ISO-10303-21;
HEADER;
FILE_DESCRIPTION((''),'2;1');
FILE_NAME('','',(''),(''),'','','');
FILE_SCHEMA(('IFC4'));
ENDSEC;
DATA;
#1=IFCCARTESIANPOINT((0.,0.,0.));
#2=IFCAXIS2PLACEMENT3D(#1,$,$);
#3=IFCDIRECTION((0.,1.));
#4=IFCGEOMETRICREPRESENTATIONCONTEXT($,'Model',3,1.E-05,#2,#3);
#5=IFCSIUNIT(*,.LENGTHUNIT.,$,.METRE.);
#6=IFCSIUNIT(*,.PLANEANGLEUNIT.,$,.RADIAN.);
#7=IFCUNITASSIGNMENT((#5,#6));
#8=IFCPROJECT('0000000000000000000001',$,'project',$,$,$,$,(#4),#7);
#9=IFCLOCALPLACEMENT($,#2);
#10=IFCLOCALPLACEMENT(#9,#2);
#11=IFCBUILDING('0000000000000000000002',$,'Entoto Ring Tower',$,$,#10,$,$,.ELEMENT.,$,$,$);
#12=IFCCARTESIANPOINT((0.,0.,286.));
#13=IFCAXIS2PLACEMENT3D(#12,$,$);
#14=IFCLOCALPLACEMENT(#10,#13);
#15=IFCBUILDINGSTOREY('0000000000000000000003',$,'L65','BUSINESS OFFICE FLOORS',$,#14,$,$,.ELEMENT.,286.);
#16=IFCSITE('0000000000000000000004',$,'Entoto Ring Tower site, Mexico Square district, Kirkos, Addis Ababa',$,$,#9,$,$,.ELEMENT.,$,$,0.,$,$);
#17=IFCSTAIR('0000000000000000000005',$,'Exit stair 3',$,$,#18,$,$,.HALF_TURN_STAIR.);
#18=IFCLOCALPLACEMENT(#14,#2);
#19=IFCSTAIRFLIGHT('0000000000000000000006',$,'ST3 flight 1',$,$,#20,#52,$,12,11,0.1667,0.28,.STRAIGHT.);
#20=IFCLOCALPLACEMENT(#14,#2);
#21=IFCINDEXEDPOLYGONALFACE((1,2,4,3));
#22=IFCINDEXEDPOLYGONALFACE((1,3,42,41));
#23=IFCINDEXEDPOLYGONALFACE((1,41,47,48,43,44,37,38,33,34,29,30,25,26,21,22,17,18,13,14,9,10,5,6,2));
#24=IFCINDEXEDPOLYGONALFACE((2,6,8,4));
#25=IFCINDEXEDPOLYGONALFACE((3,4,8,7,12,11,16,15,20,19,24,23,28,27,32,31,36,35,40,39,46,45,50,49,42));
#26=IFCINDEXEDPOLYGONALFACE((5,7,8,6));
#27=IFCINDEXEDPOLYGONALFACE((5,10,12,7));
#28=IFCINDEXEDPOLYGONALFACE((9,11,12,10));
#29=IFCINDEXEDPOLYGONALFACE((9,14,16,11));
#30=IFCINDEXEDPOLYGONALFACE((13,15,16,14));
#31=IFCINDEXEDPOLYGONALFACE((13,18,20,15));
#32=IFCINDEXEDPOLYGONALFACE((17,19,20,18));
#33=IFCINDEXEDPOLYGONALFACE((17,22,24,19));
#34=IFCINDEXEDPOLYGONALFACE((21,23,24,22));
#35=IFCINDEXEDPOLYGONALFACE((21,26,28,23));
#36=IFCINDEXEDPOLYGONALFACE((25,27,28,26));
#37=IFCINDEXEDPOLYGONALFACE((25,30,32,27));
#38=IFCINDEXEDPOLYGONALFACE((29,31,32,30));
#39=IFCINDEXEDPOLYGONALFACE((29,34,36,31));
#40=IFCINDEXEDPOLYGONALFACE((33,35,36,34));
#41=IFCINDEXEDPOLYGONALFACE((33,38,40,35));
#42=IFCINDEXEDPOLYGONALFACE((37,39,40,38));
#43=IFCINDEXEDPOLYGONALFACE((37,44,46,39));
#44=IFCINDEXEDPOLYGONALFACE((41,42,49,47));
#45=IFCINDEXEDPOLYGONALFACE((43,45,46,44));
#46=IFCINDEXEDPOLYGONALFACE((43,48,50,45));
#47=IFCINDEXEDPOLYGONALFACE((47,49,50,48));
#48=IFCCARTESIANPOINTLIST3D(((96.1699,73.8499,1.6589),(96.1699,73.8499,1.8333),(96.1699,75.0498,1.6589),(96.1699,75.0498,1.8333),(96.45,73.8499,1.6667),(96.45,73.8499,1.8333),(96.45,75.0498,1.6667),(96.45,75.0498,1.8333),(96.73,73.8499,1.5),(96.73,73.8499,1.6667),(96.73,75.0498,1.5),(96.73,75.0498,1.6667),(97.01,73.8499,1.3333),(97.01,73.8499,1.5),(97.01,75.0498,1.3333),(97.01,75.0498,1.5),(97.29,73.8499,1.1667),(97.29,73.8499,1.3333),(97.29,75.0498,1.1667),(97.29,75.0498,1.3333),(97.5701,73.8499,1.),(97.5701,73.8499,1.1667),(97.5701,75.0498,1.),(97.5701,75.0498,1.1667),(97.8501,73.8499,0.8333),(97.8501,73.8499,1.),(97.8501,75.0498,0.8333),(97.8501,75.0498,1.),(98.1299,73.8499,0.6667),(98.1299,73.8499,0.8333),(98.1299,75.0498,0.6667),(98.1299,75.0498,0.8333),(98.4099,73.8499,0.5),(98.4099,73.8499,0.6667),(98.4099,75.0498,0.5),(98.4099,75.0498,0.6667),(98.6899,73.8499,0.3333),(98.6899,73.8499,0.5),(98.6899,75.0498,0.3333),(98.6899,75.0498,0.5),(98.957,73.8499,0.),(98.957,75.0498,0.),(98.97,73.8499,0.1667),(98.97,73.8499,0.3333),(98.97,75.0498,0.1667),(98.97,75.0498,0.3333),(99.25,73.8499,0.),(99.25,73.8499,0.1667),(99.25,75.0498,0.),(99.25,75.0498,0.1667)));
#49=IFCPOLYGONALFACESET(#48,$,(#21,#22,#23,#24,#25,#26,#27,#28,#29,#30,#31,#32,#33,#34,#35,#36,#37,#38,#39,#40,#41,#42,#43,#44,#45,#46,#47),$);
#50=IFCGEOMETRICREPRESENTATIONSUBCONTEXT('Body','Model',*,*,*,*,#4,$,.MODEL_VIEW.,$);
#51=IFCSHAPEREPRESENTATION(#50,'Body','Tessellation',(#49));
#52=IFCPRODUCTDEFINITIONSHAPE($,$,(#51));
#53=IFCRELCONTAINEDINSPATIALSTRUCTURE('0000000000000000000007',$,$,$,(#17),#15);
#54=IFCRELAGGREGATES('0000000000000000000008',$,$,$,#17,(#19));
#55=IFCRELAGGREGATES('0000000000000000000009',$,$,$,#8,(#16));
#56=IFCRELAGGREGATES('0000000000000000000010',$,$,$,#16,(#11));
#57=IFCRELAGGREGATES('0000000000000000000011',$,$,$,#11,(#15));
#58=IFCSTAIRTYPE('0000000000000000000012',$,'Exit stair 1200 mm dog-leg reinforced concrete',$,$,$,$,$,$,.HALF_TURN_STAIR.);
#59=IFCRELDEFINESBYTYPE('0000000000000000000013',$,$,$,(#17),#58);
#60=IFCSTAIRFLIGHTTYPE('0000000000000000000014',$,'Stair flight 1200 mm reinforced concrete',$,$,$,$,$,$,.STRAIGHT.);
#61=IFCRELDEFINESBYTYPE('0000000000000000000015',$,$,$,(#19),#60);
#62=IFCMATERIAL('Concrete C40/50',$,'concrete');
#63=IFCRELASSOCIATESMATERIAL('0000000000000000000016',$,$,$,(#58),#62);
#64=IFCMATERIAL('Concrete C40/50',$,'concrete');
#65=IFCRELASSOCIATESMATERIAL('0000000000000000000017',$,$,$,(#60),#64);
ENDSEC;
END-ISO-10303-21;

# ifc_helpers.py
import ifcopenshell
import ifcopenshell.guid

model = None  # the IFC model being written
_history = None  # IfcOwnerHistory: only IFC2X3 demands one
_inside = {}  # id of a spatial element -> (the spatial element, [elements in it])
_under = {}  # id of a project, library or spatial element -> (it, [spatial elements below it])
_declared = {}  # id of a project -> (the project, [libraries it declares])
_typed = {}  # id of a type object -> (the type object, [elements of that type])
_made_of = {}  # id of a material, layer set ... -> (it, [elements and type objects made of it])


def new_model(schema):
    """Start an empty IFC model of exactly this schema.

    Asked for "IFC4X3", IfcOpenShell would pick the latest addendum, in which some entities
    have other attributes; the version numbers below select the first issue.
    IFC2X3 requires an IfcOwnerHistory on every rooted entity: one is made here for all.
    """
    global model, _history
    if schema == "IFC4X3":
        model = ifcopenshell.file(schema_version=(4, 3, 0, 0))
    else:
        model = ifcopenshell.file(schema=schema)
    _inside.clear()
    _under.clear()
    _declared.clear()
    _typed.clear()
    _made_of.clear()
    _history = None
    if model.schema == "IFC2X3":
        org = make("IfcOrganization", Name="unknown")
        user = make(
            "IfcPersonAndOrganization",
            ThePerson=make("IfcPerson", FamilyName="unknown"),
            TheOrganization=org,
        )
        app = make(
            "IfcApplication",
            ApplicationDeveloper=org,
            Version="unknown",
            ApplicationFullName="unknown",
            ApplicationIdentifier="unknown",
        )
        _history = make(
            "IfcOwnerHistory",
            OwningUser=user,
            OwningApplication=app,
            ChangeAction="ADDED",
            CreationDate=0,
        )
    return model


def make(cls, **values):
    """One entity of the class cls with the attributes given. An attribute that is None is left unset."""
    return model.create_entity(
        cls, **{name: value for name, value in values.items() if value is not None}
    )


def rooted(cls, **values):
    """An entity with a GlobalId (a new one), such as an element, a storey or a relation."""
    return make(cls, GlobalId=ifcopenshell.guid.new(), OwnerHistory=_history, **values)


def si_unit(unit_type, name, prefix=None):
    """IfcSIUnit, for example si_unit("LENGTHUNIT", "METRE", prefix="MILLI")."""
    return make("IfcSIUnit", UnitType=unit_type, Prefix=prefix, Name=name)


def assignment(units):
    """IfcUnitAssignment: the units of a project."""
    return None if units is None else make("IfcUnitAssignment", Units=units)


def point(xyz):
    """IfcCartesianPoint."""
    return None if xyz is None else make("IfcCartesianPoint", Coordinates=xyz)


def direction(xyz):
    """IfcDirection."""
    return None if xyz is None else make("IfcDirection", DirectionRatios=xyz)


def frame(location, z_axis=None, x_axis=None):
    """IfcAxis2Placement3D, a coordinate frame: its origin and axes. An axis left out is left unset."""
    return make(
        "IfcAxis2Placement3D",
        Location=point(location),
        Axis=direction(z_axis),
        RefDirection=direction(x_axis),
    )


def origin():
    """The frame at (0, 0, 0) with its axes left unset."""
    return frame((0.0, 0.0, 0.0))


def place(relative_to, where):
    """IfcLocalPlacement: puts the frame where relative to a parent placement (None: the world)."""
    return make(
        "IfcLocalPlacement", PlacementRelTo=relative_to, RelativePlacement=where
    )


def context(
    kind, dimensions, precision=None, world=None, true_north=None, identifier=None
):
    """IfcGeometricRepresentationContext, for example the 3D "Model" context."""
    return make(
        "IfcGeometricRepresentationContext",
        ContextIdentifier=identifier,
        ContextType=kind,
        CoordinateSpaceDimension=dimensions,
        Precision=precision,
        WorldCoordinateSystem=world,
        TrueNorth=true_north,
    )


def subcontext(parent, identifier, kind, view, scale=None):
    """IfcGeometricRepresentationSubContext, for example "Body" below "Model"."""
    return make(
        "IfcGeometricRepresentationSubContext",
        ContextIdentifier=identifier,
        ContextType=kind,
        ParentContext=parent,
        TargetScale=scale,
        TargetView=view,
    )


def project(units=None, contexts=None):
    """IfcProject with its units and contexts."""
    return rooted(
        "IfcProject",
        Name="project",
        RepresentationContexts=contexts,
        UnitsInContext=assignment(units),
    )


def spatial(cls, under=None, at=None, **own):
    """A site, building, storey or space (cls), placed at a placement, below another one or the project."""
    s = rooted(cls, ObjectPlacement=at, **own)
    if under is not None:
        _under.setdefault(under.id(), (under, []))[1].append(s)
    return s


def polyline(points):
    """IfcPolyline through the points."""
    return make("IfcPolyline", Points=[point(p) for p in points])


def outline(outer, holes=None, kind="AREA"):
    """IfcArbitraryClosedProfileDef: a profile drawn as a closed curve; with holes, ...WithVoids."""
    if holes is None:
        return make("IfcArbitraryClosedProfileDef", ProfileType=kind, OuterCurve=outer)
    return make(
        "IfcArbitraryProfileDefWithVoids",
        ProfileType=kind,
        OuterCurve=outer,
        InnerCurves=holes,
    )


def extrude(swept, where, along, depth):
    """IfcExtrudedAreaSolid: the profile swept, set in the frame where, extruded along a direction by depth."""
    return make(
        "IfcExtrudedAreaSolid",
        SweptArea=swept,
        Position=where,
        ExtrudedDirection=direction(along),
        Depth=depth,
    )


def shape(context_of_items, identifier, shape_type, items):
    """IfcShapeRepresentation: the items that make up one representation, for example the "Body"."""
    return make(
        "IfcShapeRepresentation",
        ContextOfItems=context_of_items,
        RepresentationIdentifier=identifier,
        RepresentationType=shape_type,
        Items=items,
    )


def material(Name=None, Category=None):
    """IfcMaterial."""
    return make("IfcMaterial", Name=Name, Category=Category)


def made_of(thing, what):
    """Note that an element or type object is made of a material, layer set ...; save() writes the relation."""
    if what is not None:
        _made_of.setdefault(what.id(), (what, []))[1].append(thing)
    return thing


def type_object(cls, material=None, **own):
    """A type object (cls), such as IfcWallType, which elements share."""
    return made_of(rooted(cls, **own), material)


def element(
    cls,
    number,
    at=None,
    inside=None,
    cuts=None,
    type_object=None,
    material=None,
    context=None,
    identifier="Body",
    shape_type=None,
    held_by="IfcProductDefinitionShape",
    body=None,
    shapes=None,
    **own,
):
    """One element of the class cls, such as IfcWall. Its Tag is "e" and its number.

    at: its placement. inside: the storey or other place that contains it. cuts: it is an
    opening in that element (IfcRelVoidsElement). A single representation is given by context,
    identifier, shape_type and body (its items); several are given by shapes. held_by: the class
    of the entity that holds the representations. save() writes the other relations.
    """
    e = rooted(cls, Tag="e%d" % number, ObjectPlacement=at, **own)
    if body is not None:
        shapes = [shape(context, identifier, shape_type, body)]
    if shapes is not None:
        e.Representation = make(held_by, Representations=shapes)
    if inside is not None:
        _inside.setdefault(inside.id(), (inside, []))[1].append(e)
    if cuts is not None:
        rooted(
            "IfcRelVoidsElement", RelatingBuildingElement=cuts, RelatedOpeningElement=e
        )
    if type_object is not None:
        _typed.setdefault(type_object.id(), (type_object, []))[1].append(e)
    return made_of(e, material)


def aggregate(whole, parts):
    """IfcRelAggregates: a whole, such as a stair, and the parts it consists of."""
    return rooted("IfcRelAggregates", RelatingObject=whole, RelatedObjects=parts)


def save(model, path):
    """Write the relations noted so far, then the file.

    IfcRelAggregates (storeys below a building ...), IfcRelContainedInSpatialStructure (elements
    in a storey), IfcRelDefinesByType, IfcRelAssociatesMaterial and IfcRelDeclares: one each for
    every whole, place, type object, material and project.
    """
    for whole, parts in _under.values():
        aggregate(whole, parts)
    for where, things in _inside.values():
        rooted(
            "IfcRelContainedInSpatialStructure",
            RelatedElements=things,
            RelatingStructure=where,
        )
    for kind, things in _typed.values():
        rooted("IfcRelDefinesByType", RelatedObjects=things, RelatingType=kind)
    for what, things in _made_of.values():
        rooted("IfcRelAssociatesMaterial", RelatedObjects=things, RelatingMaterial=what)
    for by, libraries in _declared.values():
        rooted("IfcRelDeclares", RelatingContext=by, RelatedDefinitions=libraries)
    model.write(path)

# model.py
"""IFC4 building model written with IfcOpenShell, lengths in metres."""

from ifc_helpers import new_model, si_unit, direction, frame, origin, place, context, subcontext, project, spatial, polyline, outline, extrude, material, type_object, element, aggregate, save


model = new_model("IFC4")

# Units and contexts
model_context = context("Model", 3, precision=1e-05, world=origin(), true_north=direction((0.0, 1.0)))
body_context = subcontext(model_context, "Body", "Model", "MODEL_VIEW")
ifc_project = project(units=[si_unit("LENGTHUNIT", "METRE"), si_unit("PLANEANGLEUNIT", "RADIAN")], contexts=[model_context])

# Site, building, storey
site_placement = place(None, origin())
site = spatial("IfcSite", under=ifc_project, at=site_placement, Name="Entoto Ring Tower site, Mexico Square district, Kirkos, Addis Ababa", CompositionType="ELEMENT", RefElevation=0.0)
building_placement = place(site_placement, origin())
building = spatial("IfcBuilding", under=site, at=building_placement, Name="Entoto Ring Tower", CompositionType="ELEMENT")
storey_placement = place(building_placement, frame((0.0, 0.0, 286.0)))
storey = spatial("IfcBuildingStorey", under=building, at=storey_placement, Name="L65", Description="BUSINESS OFFICE FLOORS", CompositionType="ELEMENT", Elevation=286.0)

# Stair, stair flight
ifc_material_1 = material(Name="Concrete C40/50", Category="concrete")
stair_type = type_object("IfcStairType", Name="Exit stair 1200 mm dog-leg reinforced concrete", PredefinedType="HALF_TURN_STAIR", material=ifc_material_1)
stair_placement = place(storey_placement, origin())
stair = element("IfcStair", 1, at=stair_placement, inside=storey, type_object=stair_type, Name="Exit stair 3", PredefinedType="HALF_TURN_STAIR")
ifc_material_2 = material(Name="Concrete C40/50", Category="concrete")
stair_flight_type = type_object("IfcStairFlightType", Name="Stair flight 1200 mm reinforced concrete", PredefinedType="STRAIGHT", material=ifc_material_2)
stair_flight_placement = place(storey_placement, frame((99.25, 74.45, 0.0), z_axis=(0.0, 0.0, 1.0), x_axis=(-1.0, 0.0, 0.0)))
stair_flight = element("IfcStairFlight", 2, at=stair_flight_placement, type_object=stair_flight_type, Name="ST3 flight 1", NumberOfRisers=12, NumberOfTreads=11, PredefinedType="STRAIGHT", RiserHeight=0.1667, TreadLength=0.28, context=body_context, shape_type="SweptSolid", body=[
    extrude(outline(polyline([(0.0, 0.0), (0.0, 0.1667), (0.28, 0.1667), (0.28, 0.3333), (0.5601, 0.3333), (0.5601, 0.5), (0.8401, 0.5), (0.8401, 0.6667), (1.1201, 0.6667), (1.1201, 0.8333), (1.3999, 0.8333), (1.3999, 1.0), (1.6799, 1.0), (1.6799, 1.1667), (1.96, 1.1667), (1.96, 1.3333), (2.24, 1.3333), (2.24, 1.5), (2.52, 1.5), (2.52, 1.6667), (2.8, 1.6667), (2.8, 1.8333), (3.0801, 1.8333), (3.0801, 2.0), (3.0801, 1.6589), (0.293, 0.0), (0.0, 0.0)])), frame((0.0, 0.6001, 0.0), z_axis=(0.0, -1.0, 0.0), x_axis=(1.0, 0.0, 0.0)), (0.0, 0.0, 1.0), 1.2),
])
aggregate(stair, [stair_flight])

save(model, "model.ifc")
